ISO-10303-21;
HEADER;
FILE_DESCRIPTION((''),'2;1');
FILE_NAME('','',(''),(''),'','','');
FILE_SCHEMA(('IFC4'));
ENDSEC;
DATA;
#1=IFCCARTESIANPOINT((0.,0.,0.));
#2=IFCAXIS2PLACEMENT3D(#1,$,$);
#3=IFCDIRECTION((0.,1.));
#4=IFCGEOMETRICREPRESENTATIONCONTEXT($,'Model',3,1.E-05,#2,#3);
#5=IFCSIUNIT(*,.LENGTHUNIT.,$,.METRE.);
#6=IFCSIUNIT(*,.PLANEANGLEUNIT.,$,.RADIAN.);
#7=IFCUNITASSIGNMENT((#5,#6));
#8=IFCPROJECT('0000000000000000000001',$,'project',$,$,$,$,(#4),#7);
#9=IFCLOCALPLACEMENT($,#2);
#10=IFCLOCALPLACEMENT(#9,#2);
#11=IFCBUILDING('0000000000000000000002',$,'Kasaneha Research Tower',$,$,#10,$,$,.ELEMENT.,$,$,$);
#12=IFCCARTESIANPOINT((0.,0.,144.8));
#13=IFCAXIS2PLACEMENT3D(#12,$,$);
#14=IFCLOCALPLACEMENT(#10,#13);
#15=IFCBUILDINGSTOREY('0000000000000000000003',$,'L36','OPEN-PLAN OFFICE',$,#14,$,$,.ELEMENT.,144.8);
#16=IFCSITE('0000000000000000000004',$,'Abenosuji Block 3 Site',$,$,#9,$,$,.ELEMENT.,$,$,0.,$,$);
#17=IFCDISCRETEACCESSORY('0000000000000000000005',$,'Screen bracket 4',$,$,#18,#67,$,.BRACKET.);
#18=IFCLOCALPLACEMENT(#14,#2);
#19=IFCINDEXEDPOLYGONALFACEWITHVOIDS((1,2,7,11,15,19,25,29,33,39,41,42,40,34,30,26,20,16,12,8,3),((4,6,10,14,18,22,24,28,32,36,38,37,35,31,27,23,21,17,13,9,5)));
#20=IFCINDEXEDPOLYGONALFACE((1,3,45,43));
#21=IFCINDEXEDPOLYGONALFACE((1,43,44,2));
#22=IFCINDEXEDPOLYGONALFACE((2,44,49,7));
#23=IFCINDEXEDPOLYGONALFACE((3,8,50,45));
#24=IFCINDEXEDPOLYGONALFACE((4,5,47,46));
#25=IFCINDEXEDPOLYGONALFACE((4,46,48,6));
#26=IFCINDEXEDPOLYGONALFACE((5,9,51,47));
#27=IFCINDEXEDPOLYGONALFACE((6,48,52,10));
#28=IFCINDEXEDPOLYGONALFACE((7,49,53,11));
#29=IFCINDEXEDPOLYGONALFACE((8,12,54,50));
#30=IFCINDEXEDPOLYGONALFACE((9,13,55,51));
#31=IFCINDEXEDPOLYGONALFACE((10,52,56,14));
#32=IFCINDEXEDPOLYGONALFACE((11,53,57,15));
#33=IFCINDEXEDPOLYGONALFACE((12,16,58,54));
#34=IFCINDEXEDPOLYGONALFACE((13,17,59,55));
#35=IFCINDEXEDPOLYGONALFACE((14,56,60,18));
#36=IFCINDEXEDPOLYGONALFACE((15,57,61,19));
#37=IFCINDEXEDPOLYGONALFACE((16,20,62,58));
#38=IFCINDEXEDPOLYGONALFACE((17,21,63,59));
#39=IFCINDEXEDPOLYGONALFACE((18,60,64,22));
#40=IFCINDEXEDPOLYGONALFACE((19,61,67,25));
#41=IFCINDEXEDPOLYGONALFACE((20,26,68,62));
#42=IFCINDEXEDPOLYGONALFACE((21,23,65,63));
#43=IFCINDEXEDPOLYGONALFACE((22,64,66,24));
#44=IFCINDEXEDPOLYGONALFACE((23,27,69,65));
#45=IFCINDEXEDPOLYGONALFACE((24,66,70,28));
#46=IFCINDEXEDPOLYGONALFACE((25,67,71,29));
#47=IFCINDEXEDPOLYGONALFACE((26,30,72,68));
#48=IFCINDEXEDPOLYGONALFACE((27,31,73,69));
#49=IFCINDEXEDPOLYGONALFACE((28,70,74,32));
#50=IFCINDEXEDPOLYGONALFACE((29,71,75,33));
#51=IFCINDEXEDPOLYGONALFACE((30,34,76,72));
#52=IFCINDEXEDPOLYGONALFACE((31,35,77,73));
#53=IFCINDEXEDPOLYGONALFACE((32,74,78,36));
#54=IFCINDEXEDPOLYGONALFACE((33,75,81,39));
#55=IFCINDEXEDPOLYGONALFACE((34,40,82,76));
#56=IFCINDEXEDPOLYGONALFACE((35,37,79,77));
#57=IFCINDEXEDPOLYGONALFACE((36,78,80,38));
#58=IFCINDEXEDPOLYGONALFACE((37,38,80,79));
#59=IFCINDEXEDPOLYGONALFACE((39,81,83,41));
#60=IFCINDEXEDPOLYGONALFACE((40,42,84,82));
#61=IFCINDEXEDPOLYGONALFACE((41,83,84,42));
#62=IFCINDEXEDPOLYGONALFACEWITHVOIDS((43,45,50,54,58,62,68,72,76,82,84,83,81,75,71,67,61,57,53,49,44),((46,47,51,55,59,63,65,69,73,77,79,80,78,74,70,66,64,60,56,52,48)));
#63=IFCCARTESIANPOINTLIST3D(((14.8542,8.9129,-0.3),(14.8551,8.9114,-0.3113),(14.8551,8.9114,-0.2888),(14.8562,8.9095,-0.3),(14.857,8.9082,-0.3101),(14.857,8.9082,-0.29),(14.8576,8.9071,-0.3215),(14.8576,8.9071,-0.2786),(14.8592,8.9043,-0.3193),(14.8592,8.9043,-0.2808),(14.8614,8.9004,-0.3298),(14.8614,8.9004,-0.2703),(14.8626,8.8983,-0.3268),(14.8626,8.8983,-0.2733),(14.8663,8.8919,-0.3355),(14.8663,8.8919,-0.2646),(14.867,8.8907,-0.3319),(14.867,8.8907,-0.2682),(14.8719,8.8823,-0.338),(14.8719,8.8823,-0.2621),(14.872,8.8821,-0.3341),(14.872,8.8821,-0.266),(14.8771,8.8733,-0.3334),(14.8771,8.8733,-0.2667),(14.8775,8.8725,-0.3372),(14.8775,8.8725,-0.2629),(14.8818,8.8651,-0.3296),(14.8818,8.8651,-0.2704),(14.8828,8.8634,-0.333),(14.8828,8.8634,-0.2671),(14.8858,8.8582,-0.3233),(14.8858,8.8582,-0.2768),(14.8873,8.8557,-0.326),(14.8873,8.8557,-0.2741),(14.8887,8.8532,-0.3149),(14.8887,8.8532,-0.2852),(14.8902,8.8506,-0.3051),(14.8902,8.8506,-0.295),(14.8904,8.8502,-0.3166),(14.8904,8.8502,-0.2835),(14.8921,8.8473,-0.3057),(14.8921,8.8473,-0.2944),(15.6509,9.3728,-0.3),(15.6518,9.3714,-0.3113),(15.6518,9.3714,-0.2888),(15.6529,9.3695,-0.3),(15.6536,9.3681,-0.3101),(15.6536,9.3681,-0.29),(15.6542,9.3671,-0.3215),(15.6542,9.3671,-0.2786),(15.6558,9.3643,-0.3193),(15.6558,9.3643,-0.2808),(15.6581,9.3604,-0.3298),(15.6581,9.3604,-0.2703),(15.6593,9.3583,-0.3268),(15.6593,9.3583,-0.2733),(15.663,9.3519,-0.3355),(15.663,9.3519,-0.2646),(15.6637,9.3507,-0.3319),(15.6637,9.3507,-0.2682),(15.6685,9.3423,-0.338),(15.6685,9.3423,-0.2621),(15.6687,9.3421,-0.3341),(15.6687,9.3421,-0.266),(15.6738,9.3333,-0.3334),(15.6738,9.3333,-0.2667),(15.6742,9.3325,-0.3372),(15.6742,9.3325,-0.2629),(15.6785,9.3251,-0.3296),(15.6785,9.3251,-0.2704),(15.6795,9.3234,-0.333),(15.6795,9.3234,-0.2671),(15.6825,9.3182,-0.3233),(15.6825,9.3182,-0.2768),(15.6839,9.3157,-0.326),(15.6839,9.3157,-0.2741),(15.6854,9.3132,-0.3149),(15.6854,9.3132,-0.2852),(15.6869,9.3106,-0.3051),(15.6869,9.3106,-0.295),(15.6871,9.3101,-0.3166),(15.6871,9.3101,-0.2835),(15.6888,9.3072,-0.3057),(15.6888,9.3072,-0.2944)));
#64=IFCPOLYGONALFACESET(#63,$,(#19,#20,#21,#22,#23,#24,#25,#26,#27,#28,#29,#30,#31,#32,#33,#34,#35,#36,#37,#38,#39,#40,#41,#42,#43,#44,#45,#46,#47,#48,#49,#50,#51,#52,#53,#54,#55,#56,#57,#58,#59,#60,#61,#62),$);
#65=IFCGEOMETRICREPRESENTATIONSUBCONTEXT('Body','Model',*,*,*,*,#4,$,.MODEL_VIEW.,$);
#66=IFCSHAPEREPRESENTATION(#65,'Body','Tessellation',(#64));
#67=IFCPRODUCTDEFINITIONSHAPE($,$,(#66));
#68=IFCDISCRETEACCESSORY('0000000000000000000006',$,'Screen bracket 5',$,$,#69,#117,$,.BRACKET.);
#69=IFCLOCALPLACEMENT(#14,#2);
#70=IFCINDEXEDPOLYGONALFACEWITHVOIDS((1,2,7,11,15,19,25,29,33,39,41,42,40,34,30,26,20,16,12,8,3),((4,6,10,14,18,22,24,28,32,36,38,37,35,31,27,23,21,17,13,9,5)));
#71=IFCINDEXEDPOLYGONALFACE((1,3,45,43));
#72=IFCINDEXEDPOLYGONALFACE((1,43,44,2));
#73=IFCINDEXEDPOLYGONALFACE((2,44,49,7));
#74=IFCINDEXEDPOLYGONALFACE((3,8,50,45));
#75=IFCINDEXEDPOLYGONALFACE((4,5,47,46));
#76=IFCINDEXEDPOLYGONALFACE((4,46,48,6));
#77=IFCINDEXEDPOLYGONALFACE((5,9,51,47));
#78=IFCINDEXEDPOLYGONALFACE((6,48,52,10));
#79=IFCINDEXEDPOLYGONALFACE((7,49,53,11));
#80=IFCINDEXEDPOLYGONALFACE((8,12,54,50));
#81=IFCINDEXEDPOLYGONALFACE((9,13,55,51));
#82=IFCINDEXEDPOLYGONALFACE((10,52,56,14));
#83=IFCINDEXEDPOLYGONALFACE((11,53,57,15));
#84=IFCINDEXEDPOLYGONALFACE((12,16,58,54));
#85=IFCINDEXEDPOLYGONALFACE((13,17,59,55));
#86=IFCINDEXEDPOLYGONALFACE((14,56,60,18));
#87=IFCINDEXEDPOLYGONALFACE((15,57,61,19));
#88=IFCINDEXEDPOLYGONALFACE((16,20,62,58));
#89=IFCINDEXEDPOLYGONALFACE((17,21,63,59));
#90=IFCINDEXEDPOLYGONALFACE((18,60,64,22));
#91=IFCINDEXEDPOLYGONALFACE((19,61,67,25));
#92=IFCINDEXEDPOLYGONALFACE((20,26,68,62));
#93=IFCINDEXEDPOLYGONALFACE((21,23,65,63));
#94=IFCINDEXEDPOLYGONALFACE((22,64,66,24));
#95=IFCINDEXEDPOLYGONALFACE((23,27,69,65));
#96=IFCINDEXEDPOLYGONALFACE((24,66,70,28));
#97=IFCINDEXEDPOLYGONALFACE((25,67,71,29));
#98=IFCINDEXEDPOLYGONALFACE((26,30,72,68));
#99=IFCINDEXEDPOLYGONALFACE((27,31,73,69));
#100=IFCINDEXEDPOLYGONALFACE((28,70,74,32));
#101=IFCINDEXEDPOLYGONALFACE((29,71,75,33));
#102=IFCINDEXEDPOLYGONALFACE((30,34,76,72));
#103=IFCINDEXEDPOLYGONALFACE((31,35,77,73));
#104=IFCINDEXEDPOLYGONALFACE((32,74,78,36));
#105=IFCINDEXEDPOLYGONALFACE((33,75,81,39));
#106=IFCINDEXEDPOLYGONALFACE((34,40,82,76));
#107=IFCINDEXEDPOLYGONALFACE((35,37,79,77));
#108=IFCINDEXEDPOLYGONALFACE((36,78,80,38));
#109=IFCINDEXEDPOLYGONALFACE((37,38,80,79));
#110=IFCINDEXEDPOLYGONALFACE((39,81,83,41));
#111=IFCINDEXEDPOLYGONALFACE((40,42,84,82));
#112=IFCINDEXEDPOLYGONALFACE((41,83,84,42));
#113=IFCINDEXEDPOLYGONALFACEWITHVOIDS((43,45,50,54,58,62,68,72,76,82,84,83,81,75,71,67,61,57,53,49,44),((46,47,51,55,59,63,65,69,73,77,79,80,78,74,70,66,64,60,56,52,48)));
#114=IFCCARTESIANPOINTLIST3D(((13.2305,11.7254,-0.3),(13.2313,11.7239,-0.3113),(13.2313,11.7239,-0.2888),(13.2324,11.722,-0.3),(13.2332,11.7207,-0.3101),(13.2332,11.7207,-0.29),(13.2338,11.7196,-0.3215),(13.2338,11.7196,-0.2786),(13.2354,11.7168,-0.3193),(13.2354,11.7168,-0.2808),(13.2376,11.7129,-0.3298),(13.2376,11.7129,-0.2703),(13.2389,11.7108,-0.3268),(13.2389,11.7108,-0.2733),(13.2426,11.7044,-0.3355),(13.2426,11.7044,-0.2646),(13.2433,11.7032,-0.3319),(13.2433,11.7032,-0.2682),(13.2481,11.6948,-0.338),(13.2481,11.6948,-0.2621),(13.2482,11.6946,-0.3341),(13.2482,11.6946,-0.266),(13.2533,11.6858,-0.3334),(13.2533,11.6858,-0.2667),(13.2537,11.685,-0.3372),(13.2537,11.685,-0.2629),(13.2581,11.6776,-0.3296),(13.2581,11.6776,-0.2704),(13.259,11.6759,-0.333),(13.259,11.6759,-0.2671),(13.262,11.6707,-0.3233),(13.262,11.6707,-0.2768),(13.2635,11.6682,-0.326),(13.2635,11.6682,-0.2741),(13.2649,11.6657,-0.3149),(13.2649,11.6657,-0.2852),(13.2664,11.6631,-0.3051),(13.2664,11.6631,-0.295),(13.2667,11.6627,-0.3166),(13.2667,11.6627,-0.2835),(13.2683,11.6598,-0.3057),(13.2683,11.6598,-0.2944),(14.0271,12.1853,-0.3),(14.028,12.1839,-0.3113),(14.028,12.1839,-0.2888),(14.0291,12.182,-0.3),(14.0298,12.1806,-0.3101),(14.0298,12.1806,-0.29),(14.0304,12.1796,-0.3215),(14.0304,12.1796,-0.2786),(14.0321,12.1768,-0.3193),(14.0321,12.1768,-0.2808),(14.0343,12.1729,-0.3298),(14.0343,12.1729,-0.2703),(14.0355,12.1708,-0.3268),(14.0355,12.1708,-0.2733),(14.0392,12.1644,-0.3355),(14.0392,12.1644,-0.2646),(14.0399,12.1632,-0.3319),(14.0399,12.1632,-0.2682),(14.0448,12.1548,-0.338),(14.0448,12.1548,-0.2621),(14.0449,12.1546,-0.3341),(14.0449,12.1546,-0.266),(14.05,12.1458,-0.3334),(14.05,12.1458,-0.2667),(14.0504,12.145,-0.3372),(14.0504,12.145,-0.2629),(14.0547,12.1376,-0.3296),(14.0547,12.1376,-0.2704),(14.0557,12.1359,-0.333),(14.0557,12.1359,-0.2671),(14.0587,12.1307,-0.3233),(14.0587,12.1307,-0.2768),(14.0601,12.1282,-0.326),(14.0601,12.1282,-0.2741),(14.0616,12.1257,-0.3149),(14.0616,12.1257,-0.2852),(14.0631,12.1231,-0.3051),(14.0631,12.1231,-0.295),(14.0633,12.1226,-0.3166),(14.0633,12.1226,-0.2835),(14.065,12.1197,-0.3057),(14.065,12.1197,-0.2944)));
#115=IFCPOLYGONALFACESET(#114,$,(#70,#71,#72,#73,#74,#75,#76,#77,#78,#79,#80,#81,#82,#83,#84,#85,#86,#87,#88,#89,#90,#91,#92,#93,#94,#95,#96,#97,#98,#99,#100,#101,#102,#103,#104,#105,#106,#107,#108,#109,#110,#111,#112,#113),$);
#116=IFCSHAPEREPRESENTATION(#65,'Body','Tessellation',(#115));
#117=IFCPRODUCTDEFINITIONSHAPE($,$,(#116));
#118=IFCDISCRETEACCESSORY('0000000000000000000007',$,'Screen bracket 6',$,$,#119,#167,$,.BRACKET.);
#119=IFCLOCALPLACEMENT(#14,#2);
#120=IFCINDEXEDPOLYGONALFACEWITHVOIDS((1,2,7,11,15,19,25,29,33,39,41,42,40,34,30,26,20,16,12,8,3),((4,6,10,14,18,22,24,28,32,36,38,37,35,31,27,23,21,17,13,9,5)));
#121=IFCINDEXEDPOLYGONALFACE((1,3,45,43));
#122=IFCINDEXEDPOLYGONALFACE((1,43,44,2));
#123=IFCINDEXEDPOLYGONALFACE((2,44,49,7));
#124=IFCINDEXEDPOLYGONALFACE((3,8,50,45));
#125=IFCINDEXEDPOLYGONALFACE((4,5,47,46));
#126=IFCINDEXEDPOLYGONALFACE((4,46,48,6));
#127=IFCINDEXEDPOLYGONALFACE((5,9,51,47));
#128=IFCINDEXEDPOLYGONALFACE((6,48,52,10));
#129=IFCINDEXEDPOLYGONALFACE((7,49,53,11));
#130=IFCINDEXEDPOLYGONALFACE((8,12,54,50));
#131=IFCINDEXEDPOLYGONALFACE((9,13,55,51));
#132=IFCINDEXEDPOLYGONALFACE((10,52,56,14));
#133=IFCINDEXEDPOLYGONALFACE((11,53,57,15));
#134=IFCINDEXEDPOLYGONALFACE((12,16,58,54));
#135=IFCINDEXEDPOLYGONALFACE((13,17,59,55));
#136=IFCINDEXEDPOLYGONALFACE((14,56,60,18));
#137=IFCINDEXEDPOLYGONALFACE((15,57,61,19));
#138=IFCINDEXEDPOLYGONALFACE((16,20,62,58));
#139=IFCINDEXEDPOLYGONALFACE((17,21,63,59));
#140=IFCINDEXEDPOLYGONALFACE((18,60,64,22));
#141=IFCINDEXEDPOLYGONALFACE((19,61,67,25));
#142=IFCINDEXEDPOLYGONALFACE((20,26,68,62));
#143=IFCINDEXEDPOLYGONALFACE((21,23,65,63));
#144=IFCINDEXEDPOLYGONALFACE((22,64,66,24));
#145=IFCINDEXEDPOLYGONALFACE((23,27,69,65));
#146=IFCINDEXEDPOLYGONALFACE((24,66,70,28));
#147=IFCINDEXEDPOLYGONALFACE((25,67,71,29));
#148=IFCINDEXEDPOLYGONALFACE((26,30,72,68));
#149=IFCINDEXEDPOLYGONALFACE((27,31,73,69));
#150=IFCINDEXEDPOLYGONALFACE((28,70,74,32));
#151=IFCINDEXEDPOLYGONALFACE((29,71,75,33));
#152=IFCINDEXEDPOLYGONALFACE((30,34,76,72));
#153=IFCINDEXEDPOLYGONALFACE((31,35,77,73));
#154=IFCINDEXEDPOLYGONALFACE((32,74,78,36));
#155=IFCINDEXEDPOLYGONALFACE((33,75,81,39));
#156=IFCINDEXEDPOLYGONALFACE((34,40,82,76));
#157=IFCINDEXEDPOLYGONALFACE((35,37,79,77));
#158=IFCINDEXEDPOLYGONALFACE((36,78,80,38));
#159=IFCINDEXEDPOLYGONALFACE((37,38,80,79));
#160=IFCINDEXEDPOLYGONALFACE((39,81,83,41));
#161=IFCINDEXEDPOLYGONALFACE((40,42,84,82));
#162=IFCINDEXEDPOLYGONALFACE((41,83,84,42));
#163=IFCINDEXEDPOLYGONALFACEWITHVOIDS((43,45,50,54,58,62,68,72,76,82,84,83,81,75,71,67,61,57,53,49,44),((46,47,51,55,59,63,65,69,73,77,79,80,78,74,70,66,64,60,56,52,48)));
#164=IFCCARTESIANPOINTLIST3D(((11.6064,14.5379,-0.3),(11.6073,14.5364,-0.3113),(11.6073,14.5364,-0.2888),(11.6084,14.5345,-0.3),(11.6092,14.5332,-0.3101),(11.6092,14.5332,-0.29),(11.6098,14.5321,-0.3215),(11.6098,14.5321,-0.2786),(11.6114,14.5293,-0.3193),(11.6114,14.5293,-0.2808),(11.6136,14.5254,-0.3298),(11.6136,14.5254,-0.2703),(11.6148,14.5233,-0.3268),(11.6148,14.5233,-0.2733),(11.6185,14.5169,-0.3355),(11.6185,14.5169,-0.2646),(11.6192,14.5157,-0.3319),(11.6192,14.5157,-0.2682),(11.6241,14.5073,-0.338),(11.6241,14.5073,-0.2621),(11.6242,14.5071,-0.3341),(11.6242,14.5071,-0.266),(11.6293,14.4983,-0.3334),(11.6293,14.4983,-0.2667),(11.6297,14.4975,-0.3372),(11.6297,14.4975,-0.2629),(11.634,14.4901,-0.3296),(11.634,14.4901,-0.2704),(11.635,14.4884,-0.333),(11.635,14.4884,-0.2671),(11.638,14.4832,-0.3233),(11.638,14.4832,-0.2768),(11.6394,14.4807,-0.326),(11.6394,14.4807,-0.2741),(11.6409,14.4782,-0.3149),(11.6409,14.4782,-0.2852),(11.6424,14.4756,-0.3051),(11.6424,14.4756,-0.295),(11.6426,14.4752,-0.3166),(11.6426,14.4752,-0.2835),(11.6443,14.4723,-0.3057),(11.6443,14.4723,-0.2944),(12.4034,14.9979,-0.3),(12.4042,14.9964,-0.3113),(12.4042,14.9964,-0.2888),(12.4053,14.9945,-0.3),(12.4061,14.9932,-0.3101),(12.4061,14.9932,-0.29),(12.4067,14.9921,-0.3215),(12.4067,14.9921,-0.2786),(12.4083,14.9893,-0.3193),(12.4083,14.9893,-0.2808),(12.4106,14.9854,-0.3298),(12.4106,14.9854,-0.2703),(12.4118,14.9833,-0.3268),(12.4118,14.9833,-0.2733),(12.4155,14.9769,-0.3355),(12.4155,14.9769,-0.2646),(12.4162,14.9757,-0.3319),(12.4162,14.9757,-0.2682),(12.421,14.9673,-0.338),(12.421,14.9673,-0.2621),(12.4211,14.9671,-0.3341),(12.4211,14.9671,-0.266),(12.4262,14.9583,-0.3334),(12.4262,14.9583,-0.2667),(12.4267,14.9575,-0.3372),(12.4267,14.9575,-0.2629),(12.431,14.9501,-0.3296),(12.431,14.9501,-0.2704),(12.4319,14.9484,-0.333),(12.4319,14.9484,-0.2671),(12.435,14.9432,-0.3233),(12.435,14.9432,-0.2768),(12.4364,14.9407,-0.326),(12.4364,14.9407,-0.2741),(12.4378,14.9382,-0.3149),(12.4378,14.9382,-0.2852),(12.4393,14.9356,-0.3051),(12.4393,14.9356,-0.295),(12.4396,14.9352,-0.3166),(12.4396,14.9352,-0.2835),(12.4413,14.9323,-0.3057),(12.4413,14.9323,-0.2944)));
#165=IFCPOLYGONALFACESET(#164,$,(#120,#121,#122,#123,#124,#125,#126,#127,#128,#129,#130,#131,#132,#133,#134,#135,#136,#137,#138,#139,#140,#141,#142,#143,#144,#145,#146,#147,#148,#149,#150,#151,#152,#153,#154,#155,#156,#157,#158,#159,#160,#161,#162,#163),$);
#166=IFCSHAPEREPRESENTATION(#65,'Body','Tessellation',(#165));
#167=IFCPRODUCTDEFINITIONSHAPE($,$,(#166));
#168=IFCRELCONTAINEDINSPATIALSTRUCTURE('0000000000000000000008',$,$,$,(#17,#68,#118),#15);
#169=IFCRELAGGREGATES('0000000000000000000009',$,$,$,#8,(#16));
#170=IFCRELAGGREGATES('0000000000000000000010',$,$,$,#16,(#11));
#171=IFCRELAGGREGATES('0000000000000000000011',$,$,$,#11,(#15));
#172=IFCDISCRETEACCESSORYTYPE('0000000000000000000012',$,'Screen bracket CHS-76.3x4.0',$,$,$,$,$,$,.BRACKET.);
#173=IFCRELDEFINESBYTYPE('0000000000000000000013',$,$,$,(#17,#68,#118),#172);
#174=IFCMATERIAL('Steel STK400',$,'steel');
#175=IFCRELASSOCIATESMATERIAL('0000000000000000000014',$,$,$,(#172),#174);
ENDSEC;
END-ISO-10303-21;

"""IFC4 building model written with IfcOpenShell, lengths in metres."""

from ifc_helpers import new_model, si_unit, direction, frame, origin, origin_2d, place, context, subcontext, project, spatial, hollow_circle, extrude, material, material_profile, profile_set, type_object, element, save


model = new_model("IFC4")

# Units and contexts
model_context = context("Model", 3, precision=1e-05, world=origin(), true_north=direction((0.0, 1.0)))
body_context = subcontext(model_context, "Body", "Model", "MODEL_VIEW")
ifc_project = project(units=[si_unit("LENGTHUNIT", "METRE"), si_unit("PLANEANGLEUNIT", "RADIAN")], contexts=[model_context])

# Site, building, storey
site_placement = place(None, origin())
site = spatial("IfcSite", under=ifc_project, at=site_placement, Name="Abenosuji Block 3 Site", CompositionType="ELEMENT", RefElevation=0.0)
building_placement = place(site_placement, origin())
building = spatial("IfcBuilding", under=site, at=building_placement, Name="Kasaneha Research Tower", CompositionType="ELEMENT")
storey_placement = place(building_placement, frame((0.0, 0.0, 144.8)))
storey = spatial("IfcBuildingStorey", under=building, at=storey_placement, Name="L36", Description="OPEN-PLAN OFFICE", CompositionType="ELEMENT", Elevation=144.8)

# Discrete accessories
ifc_material_1 = material(Name="Steel STK400", Category="steel")
ifc_material_profile_1 = material_profile(ifc_material_1, hollow_circle(Radius=0.0381, WallThickness=0.0039, at=origin_2d()), Name="CHS-76.3x4.0")
ifc_profile_set_1 = profile_set([ifc_material_profile_1], Name="Steel STK400")
discrete_accessory_type = type_object("IfcDiscreteAccessoryType", Name="Screen bracket CHS-76.3x4.0", PredefinedType="BRACKET", material=ifc_profile_set_1)
for number, where, z_axis, x_axis, name in (
    (1, (14.8733, 8.8799, -0.3), (0.866013, 0.500021, 0.0), (-0.500021, 0.866013, 0.0), "Screen bracket 4"),
    (2, (13.2495, 11.6924, -0.3), (0.866013, 0.500021, 0.0), (-0.500021, 0.866013, 0.0), "Screen bracket 5"),
):
    element("IfcDiscreteAccessory", number, at=place(storey_placement, frame(where, z_axis=z_axis, x_axis=x_axis)), inside=storey, type_object=discrete_accessory_type, Name=name, PredefinedType="BRACKET", context=body_context, shape_type="SweptSolid", body=[
        extrude(hollow_circle(Radius=0.0381, WallThickness=0.0039, at=origin_2d()), origin(), (0.0, 0.0, 1.0), 0.9199),
    ])
for number, where, z_axis, x_axis, name in (
    (3, (11.6255, 14.5049, -0.3), (0.86608, 0.499906, 0.0), (-0.499906, 0.86608, 0.0), "Screen bracket 6"),
):
    element("IfcDiscreteAccessory", number, at=place(storey_placement, frame(where, z_axis=z_axis, x_axis=x_axis)), inside=storey, type_object=discrete_accessory_type, Name=name, PredefinedType="BRACKET", context=body_context, shape_type="SweptSolid", body=[
        extrude(hollow_circle(Radius=0.0381, WallThickness=0.0039, at=origin_2d()), origin(), (0.0, 0.0, 1.0), 0.9202),
    ])

save(model, "model.ifc")
